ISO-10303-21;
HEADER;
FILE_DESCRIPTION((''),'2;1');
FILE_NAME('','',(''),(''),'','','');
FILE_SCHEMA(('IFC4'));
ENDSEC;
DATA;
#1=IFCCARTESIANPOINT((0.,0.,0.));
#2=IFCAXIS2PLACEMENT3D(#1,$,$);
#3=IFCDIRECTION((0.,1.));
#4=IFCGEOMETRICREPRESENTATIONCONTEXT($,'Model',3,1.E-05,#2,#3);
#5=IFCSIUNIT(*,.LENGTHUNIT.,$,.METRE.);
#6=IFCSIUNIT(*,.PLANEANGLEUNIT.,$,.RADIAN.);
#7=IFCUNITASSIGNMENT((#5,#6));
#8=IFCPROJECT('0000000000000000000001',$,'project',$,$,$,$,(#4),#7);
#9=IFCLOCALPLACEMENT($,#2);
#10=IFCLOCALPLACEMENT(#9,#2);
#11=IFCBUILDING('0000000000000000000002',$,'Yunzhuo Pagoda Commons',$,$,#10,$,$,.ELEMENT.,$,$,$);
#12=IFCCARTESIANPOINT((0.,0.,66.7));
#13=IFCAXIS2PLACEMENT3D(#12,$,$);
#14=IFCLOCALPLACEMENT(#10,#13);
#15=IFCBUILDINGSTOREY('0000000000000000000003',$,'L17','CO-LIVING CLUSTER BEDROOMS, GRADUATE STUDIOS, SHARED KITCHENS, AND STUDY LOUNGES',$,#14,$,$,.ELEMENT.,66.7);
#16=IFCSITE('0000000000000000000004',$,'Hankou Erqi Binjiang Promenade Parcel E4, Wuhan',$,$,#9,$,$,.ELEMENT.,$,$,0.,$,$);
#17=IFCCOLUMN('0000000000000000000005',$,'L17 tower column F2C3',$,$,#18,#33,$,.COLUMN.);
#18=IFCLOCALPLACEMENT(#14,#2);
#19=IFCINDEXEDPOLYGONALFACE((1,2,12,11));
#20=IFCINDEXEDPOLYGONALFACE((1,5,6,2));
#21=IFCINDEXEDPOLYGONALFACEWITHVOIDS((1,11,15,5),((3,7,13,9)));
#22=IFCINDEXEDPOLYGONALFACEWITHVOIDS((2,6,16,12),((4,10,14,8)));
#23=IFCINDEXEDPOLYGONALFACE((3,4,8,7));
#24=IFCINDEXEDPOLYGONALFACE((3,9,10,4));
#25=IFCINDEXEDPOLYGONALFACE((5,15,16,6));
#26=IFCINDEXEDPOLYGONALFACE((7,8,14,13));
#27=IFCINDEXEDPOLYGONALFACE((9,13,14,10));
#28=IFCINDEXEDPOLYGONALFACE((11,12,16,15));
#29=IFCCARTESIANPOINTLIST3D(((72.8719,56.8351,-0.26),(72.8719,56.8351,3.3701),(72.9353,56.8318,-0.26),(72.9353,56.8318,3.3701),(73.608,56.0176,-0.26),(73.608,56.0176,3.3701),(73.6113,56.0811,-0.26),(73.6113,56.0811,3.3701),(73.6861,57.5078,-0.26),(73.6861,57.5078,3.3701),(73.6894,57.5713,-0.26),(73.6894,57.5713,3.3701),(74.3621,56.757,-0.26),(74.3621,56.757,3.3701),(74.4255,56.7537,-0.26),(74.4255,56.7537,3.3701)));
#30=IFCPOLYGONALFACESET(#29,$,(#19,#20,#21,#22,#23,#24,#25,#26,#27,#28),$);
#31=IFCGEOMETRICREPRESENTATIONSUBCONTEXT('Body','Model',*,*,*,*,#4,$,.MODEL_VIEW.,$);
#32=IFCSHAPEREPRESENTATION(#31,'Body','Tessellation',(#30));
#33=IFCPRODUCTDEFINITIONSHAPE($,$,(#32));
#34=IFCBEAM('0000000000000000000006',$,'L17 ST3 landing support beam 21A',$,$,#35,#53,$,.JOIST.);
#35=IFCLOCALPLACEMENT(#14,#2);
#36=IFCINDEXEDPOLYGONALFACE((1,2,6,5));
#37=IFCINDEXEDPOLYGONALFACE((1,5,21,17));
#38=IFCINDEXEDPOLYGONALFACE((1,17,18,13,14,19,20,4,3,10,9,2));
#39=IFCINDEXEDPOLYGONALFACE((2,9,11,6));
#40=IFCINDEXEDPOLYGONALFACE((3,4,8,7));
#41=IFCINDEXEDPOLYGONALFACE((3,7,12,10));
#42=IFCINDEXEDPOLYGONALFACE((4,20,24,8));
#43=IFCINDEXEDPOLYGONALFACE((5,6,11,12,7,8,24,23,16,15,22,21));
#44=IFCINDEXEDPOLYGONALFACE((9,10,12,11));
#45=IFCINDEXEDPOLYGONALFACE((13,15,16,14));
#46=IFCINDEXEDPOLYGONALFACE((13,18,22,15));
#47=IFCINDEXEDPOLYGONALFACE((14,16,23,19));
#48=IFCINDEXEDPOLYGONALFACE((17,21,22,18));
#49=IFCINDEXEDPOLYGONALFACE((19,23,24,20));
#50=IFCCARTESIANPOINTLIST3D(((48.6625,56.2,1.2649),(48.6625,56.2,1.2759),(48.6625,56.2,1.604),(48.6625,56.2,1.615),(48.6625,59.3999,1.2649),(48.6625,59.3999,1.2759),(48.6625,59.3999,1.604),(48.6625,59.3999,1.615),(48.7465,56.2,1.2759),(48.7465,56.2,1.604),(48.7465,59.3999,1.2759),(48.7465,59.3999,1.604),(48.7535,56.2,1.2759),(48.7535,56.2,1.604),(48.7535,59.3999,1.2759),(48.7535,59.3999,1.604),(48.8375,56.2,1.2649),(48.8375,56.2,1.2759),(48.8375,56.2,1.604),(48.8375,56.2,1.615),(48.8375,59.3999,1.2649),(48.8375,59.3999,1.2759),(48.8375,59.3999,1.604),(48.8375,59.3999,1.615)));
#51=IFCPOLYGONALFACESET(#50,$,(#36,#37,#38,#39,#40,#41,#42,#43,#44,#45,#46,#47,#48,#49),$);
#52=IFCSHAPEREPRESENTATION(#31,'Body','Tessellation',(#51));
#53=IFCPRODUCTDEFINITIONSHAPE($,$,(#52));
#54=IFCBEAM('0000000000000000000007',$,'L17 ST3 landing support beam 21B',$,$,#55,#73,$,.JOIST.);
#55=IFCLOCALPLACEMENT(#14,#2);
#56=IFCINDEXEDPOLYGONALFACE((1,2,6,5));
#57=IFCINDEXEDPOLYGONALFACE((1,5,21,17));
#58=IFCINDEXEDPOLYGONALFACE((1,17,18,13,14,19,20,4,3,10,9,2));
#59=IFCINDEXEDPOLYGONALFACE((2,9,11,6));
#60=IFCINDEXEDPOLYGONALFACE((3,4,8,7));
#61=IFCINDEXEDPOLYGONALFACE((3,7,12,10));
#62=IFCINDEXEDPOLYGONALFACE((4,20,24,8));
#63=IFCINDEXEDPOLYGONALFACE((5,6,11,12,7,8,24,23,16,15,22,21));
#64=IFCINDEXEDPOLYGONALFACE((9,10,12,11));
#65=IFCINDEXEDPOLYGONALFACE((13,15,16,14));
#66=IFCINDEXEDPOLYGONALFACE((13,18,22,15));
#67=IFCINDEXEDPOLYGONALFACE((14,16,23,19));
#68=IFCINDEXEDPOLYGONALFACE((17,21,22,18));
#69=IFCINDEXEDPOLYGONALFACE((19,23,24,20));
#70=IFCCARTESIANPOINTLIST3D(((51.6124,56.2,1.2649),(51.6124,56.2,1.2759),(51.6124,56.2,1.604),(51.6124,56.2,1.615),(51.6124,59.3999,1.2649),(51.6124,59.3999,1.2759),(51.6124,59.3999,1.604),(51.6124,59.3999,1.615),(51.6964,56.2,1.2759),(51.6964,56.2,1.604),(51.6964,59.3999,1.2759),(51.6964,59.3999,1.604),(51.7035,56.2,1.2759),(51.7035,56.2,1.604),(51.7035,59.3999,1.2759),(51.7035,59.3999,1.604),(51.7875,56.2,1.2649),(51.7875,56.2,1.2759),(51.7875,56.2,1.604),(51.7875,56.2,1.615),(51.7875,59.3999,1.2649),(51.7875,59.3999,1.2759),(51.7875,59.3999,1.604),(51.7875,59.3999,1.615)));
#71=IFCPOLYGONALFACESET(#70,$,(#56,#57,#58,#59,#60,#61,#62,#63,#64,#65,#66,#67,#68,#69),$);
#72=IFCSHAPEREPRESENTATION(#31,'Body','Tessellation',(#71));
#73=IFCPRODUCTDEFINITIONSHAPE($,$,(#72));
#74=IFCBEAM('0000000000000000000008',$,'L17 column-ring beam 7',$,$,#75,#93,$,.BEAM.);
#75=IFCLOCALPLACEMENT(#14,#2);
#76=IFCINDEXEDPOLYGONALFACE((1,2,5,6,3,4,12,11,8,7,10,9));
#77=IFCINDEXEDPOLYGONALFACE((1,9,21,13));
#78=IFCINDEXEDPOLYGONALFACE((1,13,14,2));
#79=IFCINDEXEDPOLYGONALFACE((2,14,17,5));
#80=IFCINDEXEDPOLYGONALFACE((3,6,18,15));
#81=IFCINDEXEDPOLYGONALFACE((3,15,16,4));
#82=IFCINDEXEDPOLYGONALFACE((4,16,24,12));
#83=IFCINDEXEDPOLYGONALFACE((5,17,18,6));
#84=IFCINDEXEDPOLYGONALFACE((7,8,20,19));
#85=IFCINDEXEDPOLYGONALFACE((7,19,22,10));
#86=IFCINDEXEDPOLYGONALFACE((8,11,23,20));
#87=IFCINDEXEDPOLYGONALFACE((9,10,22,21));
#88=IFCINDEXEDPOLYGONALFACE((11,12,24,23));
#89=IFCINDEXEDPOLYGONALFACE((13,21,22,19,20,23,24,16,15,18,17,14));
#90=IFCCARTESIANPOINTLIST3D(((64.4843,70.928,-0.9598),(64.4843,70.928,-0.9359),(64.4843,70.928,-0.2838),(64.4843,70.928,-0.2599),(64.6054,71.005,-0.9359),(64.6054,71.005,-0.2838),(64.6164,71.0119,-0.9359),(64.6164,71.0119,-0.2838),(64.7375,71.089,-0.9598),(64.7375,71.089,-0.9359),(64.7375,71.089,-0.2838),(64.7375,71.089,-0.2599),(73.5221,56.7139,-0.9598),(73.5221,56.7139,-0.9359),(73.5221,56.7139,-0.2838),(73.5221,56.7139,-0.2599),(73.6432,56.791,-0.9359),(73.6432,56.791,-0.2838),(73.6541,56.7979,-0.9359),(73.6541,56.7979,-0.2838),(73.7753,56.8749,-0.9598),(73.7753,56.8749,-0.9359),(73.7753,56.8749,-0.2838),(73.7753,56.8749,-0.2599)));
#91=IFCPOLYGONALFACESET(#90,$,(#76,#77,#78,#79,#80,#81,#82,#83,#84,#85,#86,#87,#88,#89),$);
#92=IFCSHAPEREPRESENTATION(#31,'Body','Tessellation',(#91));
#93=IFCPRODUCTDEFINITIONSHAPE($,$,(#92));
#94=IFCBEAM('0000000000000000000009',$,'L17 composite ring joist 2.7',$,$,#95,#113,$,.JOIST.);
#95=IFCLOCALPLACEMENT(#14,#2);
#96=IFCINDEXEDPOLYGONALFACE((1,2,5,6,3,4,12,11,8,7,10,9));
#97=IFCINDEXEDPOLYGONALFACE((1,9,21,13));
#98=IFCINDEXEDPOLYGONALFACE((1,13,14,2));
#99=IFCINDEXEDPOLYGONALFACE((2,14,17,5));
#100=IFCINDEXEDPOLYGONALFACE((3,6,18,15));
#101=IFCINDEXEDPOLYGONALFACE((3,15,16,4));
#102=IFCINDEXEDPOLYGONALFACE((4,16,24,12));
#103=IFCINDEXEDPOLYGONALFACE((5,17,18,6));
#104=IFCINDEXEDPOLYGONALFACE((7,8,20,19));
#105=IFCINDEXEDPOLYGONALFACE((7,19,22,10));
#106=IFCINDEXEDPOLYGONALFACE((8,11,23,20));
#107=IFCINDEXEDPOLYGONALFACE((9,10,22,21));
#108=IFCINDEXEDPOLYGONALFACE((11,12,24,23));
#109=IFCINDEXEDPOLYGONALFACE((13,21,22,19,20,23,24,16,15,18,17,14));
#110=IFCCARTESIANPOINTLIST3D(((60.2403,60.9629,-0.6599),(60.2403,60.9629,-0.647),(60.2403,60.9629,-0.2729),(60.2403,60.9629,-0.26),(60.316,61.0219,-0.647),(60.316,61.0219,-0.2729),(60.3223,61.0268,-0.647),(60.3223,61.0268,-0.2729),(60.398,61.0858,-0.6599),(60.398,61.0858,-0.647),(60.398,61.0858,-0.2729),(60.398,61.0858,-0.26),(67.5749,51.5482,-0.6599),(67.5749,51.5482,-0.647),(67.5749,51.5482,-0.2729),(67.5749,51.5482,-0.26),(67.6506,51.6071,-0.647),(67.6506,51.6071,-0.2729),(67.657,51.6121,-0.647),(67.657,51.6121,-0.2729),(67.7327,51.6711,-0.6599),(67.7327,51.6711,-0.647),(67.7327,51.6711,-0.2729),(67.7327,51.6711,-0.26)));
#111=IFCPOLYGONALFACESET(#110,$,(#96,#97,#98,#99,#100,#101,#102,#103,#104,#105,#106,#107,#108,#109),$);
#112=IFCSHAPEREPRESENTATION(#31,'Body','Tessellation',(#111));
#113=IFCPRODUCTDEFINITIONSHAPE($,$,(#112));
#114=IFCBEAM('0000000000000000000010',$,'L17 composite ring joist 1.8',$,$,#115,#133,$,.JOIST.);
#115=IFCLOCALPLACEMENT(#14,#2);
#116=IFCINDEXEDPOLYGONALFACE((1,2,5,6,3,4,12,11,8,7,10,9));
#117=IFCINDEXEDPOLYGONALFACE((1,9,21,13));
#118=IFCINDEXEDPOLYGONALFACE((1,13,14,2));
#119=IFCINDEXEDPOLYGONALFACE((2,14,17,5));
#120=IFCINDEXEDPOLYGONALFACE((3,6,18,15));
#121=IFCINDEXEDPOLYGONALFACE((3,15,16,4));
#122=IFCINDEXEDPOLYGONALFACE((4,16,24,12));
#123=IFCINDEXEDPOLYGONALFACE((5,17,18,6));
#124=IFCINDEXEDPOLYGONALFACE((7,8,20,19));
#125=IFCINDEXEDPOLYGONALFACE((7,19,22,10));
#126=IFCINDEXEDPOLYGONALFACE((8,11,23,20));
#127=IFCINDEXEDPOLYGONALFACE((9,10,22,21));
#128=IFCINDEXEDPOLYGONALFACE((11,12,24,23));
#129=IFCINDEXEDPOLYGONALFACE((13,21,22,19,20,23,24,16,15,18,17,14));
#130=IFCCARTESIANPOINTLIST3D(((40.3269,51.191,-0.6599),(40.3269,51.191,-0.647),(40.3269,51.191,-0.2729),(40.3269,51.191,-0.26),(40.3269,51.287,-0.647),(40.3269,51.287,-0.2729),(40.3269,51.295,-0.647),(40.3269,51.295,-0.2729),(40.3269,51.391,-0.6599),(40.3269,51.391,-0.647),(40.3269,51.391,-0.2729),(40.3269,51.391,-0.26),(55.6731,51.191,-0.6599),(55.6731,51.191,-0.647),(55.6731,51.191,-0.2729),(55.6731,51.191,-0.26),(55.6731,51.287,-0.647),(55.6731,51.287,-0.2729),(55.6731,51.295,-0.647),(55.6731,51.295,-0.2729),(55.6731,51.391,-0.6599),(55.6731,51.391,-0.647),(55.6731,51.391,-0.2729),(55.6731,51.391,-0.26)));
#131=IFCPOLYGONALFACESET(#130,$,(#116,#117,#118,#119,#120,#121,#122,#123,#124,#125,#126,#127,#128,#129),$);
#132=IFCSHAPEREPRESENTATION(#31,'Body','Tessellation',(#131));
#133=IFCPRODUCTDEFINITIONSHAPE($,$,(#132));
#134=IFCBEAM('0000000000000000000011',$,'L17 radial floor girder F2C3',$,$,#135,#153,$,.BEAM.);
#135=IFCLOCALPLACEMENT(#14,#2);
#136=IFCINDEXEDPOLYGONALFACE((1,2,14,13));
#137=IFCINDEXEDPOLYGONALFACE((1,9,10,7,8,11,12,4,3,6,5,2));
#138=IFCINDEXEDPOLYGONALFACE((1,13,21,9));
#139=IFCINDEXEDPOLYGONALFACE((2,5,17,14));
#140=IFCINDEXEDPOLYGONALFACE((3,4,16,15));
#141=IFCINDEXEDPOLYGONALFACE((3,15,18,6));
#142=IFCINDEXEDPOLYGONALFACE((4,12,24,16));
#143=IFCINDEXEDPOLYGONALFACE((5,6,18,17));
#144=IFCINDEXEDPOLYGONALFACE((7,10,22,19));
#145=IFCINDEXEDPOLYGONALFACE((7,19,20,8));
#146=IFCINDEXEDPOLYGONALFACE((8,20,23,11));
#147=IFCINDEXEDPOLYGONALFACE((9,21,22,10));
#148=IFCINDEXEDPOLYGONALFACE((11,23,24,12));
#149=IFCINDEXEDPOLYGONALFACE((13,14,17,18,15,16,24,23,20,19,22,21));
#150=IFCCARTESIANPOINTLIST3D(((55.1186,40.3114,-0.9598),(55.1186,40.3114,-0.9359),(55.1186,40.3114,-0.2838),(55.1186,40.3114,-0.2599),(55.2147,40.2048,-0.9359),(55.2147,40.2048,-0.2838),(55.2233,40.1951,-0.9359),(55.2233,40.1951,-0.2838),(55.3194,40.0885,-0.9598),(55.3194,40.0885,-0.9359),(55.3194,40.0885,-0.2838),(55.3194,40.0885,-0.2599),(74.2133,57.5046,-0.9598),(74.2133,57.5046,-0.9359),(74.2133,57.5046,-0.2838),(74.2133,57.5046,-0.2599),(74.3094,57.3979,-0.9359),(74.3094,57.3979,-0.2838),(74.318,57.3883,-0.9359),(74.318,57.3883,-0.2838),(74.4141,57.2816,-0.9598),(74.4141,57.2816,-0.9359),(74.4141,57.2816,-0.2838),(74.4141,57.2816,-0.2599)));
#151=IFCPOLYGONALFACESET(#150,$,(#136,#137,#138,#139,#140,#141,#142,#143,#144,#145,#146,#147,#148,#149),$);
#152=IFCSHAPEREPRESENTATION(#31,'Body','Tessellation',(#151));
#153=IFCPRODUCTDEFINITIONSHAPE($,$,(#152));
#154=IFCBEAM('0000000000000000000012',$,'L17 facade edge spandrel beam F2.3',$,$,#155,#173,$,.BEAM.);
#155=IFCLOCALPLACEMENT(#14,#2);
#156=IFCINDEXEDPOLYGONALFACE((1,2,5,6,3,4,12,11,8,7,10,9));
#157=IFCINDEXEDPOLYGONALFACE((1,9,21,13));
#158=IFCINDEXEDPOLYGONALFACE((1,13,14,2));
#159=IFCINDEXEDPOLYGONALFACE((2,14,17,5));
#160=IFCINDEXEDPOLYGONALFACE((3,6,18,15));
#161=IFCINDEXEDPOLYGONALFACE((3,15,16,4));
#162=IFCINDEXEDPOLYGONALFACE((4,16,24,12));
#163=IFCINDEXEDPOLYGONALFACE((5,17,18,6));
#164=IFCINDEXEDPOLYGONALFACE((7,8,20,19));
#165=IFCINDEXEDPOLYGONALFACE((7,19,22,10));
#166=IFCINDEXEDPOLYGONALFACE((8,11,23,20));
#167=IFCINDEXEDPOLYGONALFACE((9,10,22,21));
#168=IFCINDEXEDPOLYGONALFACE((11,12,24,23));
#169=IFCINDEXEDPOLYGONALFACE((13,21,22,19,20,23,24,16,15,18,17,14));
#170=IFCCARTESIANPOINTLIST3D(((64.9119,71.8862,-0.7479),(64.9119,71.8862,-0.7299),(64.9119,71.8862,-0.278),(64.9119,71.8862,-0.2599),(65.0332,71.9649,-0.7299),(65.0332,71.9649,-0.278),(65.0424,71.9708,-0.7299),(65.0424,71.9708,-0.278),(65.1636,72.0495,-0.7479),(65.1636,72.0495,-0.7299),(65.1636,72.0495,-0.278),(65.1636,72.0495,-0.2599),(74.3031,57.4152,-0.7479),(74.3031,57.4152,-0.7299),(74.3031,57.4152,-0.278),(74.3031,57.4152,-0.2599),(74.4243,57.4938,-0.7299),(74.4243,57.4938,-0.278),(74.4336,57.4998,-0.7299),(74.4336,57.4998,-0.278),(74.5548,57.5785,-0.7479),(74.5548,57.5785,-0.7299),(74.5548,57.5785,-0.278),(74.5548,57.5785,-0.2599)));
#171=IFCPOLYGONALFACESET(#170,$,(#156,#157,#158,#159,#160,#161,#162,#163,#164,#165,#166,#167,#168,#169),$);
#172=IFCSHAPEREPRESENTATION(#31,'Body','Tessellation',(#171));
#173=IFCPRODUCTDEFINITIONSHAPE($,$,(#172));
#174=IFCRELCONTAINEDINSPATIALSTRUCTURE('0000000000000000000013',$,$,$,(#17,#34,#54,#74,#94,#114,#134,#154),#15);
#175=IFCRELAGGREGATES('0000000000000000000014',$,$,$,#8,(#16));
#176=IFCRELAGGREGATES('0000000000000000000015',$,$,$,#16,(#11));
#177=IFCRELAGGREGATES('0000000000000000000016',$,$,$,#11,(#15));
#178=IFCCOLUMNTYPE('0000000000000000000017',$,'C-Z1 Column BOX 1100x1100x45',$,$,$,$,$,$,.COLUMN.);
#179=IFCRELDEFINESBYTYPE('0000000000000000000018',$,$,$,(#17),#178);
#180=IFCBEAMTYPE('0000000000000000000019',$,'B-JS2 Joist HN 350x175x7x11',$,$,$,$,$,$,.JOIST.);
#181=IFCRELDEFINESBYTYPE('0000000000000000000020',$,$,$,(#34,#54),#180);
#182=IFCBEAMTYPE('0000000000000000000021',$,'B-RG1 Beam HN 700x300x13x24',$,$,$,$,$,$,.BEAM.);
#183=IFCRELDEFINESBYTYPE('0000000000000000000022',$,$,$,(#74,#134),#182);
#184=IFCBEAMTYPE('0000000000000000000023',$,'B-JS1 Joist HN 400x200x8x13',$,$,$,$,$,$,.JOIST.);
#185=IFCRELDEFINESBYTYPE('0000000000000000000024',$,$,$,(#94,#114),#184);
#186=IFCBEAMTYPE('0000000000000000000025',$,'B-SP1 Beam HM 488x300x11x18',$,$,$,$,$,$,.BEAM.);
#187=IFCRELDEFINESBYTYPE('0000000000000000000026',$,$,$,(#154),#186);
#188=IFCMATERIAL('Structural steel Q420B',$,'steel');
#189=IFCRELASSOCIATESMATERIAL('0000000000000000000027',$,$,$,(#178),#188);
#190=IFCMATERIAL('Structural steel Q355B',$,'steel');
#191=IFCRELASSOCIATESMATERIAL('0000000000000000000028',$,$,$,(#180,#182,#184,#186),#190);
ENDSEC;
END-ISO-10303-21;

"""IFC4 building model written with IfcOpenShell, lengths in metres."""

from ifc_helpers import new_model, si_unit, direction, frame, origin, origin_2d, place, context, subcontext, project, spatial, hollow_rectangle, i_section, extrude, source, transform, mapped, material, material_profile, profile_set, type_object, element, save


model = new_model("IFC4")

# Units and contexts
model_context = context("Model", 3, precision=1e-05, world=origin(), true_north=direction((0.0, 1.0)))
body_context = subcontext(model_context, "Body", "Model", "MODEL_VIEW")
ifc_project = project(units=[si_unit("LENGTHUNIT", "METRE"), si_unit("PLANEANGLEUNIT", "RADIAN")], contexts=[model_context])

# Site, building, storey
site_placement = place(None, origin())
site = spatial("IfcSite", under=ifc_project, at=site_placement, Name="Hankou Erqi Binjiang Promenade Parcel E4, Wuhan", CompositionType="ELEMENT", RefElevation=0.0)
building_placement = place(site_placement, origin())
building = spatial("IfcBuilding", under=site, at=building_placement, Name="Yunzhuo Pagoda Commons", CompositionType="ELEMENT")
storey_placement = place(building_placement, frame((0.0, 0.0, 66.7)))
storey = spatial("IfcBuildingStorey", under=building, at=storey_placement, Name="L17", Description="CO-LIVING CLUSTER BEDROOMS, GRADUATE STUDIOS, SHARED KITCHENS, AND STUDY LOUNGES", CompositionType="ELEMENT", Elevation=66.7)

# Column
ifc_material_1 = material(Name="Structural steel Q420B", Category="steel")
ifc_material_profile_1 = material_profile(ifc_material_1, hollow_rectangle(XDim=1.1001, YDim=1.1001, WallThickness=0.0449, at=origin_2d()), Name="Structural steel Q420B")
ifc_profile_set_1 = profile_set([ifc_material_profile_1], Name="Structural steel Q420B")
column_type = type_object("IfcColumnType", Name="C-Z1 Column BOX 1100x1100x45", PredefinedType="COLUMN", material=ifc_profile_set_1)
shared_shape_1 = source(origin(), body_context, "Body", "SweptSolid", [
    extrude(hollow_rectangle(XDim=1.1001, YDim=1.1001, WallThickness=0.0449, at=origin_2d()), origin(), (0.0, 0.0, 1.0), 3.6301),
])
column_placement = place(storey_placement, frame((73.6487, 56.7944, -0.26), z_axis=(0.0, 0.0, 1.0), x_axis=(-0.669131, 0.743145, 0.0)))
element("IfcColumn", 1, at=column_placement, inside=storey, type_object=column_type, Name="L17 tower column F2C3", PredefinedType="COLUMN", context=body_context, shape_type="MappedRepresentation", body=[
    mapped(shared_shape_1, transform((0.0, 0.0, 0.0), scale=1.0)),
])

# Beams
ifc_material_2 = material(Name="Structural steel Q355B", Category="steel")
ifc_material_profile_2 = material_profile(ifc_material_2, i_section(OverallWidth=0.175, OverallDepth=0.3501, WebThickness=0.0071, FlangeThickness=0.011, at=origin_2d()), Name="Structural steel Q355B")
ifc_profile_set_2 = profile_set([ifc_material_profile_2], Name="Structural steel Q355B")
beam_type_1 = type_object("IfcBeamType", Name="B-JS2 Joist HN 350x175x7x11", PredefinedType="JOIST", material=ifc_profile_set_2)
shared_shape_2 = source(origin(), body_context, "Body", "SweptSolid", [
    extrude(i_section(OverallWidth=0.175, OverallDepth=0.3501, WebThickness=0.0071, FlangeThickness=0.011, at=origin_2d()), origin(), (0.0, 0.0, 1.0), 3.2),
])
for number, where, z_axis, x_axis, name in (
    (2, (48.75, 56.2, 1.4399), (0.0, 1.0, 0.0), (-1.0, 0.0, 0.0), "L17 ST3 landing support beam 21A"),
    (3, (51.7, 56.2, 1.4399), (0.0, 1.0, 0.0), (-1.0, 0.0, 0.0), "L17 ST3 landing support beam 21B"),
):
    element("IfcBeam", number, at=place(storey_placement, frame(where, z_axis=z_axis, x_axis=x_axis)), inside=storey, type_object=beam_type_1, Name=name, PredefinedType="JOIST", context=body_context, shape_type="MappedRepresentation", body=[
        mapped(shared_shape_2, transform((0.0, 0.0, 0.0), scale=1.0)),
    ])
ifc_material_profile_3 = material_profile(ifc_material_2, i_section(OverallWidth=0.3, OverallDepth=0.7, WebThickness=0.0129, FlangeThickness=0.0239, at=origin_2d()), Name="Structural steel Q355B")
ifc_profile_set_3 = profile_set([ifc_material_profile_3], Name="Structural steel Q355B")
beam_type_2 = type_object("IfcBeamType", Name="B-RG1 Beam HN 700x300x13x24", PredefinedType="BEAM", material=ifc_profile_set_3)
shared_shape_3 = source(origin(), body_context, "Body", "SweptSolid", [
    extrude(i_section(OverallWidth=0.3, OverallDepth=0.7, WebThickness=0.0129, FlangeThickness=0.0239, at=origin_2d()), origin(), (0.0, 0.0, 1.0), 16.844),
])
beam_1_placement = place(storey_placement, frame((73.6487, 56.7944, -0.6099), z_axis=(-0.536558, 0.843863, 0.0), x_axis=(-0.843863, -0.536558, 0.0)))
element("IfcBeam", 4, at=beam_1_placement, inside=storey, type_object=beam_type_2, Name="L17 column-ring beam 7", PredefinedType="BEAM", context=body_context, shape_type="MappedRepresentation", body=[
    mapped(shared_shape_3, transform((0.0, 0.0, 0.0), scale=1.0)),
])
ifc_material_profile_4 = material_profile(ifc_material_2, i_section(OverallWidth=0.2, OverallDepth=0.3999, WebThickness=0.0081, FlangeThickness=0.0129, at=origin_2d()), Name="Structural steel Q355B")
ifc_profile_set_4 = profile_set([ifc_material_profile_4], Name="Structural steel Q355B")
beam_type_3 = type_object("IfcBeamType", Name="B-JS1 Joist HN 400x200x8x13", PredefinedType="JOIST", material=ifc_profile_set_4)
shared_shape_4 = source(origin(), body_context, "Body", "SweptSolid", [
    extrude(i_section(OverallWidth=0.2, OverallDepth=0.3999, WebThickness=0.0081, FlangeThickness=0.0129, at=origin_2d()), origin(), (0.0, 0.0, 1.0), 11.9346),
])
beam_2_placement = place(storey_placement, frame((67.6538, 51.6096, -0.46), z_axis=(-0.614572, 0.788861, 0.0), x_axis=(-0.788861, -0.614572, 0.0)))
element("IfcBeam", 5, at=beam_2_placement, inside=storey, type_object=beam_type_3, Name="L17 composite ring joist 2.7", PredefinedType="JOIST", context=body_context, shape_type="MappedRepresentation", body=[
    mapped(shared_shape_4, transform((0.0, 0.0, 0.0), scale=1.0)),
])
shared_shape_5 = source(origin(), body_context, "Body", "SweptSolid", [
    extrude(i_section(OverallWidth=0.2, OverallDepth=0.3999, WebThickness=0.0081, FlangeThickness=0.0129, at=origin_2d()), origin(), (0.0, 0.0, 1.0), 15.3462),
])
beam_3_placement = place(storey_placement, frame((55.6731, 51.291, -0.46), z_axis=(-1.0, 0.0, 0.0), x_axis=(0.0, -1.0, 0.0)))
element("IfcBeam", 6, at=beam_3_placement, inside=storey, type_object=beam_type_3, Name="L17 composite ring joist 1.8", PredefinedType="JOIST", context=body_context, shape_type="MappedRepresentation", body=[
    mapped(shared_shape_5, transform((0.0, 0.0, 0.0), scale=1.0)),
])
shared_shape_6 = source(origin(), body_context, "Body", "SweptSolid", [
    extrude(i_section(OverallWidth=0.3, OverallDepth=0.7, WebThickness=0.0129, FlangeThickness=0.0239, at=origin_2d()), origin(), (0.0, 0.0, 1.0), 25.6946),
])
beam_4_placement = place(storey_placement, frame((74.3137, 57.3931, -0.6099), z_axis=(-0.743142, -0.669134, 0.0), x_axis=(0.669134, -0.743142, 0.0)))
element("IfcBeam", 7, at=beam_4_placement, inside=storey, type_object=beam_type_2, Name="L17 radial floor girder F2C3", PredefinedType="BEAM", context=body_context, shape_type="MappedRepresentation", body=[
    mapped(shared_shape_6, transform((0.0, 0.0, 0.0), scale=1.0)),
])
ifc_material_profile_5 = material_profile(ifc_material_2, i_section(OverallWidth=0.3, OverallDepth=0.488, WebThickness=0.011, FlangeThickness=0.0181, at=origin_2d()), Name="Structural steel Q355B")
ifc_profile_set_5 = profile_set([ifc_material_profile_5], Name="Structural steel Q355B")
beam_type_4 = type_object("IfcBeamType", Name="B-SP1 Beam HM 488x300x11x18", PredefinedType="BEAM", material=ifc_profile_set_5)
shared_shape_7 = source(origin(), body_context, "Body", "SweptSolid", [
    extrude(i_section(OverallWidth=0.3, OverallDepth=0.488, WebThickness=0.011, FlangeThickness=0.0181, at=origin_2d()), origin(), (0.0, 0.0, 1.0), 17.2512),
])
beam_5_placement = place(storey_placement, frame((74.429, 57.4968, -0.5039), z_axis=(-0.544377, 0.838841, 0.0), x_axis=(-0.838841, -0.544377, 0.0)))
element("IfcBeam", 8, at=beam_5_placement, inside=storey, type_object=beam_type_4, Name="L17 facade edge spandrel beam F2.3", PredefinedType="BEAM", context=body_context, shape_type="MappedRepresentation", body=[
    mapped(shared_shape_7, transform((0.0, 0.0, 0.0), scale=1.0)),
])

save(model, "model.ifc")
